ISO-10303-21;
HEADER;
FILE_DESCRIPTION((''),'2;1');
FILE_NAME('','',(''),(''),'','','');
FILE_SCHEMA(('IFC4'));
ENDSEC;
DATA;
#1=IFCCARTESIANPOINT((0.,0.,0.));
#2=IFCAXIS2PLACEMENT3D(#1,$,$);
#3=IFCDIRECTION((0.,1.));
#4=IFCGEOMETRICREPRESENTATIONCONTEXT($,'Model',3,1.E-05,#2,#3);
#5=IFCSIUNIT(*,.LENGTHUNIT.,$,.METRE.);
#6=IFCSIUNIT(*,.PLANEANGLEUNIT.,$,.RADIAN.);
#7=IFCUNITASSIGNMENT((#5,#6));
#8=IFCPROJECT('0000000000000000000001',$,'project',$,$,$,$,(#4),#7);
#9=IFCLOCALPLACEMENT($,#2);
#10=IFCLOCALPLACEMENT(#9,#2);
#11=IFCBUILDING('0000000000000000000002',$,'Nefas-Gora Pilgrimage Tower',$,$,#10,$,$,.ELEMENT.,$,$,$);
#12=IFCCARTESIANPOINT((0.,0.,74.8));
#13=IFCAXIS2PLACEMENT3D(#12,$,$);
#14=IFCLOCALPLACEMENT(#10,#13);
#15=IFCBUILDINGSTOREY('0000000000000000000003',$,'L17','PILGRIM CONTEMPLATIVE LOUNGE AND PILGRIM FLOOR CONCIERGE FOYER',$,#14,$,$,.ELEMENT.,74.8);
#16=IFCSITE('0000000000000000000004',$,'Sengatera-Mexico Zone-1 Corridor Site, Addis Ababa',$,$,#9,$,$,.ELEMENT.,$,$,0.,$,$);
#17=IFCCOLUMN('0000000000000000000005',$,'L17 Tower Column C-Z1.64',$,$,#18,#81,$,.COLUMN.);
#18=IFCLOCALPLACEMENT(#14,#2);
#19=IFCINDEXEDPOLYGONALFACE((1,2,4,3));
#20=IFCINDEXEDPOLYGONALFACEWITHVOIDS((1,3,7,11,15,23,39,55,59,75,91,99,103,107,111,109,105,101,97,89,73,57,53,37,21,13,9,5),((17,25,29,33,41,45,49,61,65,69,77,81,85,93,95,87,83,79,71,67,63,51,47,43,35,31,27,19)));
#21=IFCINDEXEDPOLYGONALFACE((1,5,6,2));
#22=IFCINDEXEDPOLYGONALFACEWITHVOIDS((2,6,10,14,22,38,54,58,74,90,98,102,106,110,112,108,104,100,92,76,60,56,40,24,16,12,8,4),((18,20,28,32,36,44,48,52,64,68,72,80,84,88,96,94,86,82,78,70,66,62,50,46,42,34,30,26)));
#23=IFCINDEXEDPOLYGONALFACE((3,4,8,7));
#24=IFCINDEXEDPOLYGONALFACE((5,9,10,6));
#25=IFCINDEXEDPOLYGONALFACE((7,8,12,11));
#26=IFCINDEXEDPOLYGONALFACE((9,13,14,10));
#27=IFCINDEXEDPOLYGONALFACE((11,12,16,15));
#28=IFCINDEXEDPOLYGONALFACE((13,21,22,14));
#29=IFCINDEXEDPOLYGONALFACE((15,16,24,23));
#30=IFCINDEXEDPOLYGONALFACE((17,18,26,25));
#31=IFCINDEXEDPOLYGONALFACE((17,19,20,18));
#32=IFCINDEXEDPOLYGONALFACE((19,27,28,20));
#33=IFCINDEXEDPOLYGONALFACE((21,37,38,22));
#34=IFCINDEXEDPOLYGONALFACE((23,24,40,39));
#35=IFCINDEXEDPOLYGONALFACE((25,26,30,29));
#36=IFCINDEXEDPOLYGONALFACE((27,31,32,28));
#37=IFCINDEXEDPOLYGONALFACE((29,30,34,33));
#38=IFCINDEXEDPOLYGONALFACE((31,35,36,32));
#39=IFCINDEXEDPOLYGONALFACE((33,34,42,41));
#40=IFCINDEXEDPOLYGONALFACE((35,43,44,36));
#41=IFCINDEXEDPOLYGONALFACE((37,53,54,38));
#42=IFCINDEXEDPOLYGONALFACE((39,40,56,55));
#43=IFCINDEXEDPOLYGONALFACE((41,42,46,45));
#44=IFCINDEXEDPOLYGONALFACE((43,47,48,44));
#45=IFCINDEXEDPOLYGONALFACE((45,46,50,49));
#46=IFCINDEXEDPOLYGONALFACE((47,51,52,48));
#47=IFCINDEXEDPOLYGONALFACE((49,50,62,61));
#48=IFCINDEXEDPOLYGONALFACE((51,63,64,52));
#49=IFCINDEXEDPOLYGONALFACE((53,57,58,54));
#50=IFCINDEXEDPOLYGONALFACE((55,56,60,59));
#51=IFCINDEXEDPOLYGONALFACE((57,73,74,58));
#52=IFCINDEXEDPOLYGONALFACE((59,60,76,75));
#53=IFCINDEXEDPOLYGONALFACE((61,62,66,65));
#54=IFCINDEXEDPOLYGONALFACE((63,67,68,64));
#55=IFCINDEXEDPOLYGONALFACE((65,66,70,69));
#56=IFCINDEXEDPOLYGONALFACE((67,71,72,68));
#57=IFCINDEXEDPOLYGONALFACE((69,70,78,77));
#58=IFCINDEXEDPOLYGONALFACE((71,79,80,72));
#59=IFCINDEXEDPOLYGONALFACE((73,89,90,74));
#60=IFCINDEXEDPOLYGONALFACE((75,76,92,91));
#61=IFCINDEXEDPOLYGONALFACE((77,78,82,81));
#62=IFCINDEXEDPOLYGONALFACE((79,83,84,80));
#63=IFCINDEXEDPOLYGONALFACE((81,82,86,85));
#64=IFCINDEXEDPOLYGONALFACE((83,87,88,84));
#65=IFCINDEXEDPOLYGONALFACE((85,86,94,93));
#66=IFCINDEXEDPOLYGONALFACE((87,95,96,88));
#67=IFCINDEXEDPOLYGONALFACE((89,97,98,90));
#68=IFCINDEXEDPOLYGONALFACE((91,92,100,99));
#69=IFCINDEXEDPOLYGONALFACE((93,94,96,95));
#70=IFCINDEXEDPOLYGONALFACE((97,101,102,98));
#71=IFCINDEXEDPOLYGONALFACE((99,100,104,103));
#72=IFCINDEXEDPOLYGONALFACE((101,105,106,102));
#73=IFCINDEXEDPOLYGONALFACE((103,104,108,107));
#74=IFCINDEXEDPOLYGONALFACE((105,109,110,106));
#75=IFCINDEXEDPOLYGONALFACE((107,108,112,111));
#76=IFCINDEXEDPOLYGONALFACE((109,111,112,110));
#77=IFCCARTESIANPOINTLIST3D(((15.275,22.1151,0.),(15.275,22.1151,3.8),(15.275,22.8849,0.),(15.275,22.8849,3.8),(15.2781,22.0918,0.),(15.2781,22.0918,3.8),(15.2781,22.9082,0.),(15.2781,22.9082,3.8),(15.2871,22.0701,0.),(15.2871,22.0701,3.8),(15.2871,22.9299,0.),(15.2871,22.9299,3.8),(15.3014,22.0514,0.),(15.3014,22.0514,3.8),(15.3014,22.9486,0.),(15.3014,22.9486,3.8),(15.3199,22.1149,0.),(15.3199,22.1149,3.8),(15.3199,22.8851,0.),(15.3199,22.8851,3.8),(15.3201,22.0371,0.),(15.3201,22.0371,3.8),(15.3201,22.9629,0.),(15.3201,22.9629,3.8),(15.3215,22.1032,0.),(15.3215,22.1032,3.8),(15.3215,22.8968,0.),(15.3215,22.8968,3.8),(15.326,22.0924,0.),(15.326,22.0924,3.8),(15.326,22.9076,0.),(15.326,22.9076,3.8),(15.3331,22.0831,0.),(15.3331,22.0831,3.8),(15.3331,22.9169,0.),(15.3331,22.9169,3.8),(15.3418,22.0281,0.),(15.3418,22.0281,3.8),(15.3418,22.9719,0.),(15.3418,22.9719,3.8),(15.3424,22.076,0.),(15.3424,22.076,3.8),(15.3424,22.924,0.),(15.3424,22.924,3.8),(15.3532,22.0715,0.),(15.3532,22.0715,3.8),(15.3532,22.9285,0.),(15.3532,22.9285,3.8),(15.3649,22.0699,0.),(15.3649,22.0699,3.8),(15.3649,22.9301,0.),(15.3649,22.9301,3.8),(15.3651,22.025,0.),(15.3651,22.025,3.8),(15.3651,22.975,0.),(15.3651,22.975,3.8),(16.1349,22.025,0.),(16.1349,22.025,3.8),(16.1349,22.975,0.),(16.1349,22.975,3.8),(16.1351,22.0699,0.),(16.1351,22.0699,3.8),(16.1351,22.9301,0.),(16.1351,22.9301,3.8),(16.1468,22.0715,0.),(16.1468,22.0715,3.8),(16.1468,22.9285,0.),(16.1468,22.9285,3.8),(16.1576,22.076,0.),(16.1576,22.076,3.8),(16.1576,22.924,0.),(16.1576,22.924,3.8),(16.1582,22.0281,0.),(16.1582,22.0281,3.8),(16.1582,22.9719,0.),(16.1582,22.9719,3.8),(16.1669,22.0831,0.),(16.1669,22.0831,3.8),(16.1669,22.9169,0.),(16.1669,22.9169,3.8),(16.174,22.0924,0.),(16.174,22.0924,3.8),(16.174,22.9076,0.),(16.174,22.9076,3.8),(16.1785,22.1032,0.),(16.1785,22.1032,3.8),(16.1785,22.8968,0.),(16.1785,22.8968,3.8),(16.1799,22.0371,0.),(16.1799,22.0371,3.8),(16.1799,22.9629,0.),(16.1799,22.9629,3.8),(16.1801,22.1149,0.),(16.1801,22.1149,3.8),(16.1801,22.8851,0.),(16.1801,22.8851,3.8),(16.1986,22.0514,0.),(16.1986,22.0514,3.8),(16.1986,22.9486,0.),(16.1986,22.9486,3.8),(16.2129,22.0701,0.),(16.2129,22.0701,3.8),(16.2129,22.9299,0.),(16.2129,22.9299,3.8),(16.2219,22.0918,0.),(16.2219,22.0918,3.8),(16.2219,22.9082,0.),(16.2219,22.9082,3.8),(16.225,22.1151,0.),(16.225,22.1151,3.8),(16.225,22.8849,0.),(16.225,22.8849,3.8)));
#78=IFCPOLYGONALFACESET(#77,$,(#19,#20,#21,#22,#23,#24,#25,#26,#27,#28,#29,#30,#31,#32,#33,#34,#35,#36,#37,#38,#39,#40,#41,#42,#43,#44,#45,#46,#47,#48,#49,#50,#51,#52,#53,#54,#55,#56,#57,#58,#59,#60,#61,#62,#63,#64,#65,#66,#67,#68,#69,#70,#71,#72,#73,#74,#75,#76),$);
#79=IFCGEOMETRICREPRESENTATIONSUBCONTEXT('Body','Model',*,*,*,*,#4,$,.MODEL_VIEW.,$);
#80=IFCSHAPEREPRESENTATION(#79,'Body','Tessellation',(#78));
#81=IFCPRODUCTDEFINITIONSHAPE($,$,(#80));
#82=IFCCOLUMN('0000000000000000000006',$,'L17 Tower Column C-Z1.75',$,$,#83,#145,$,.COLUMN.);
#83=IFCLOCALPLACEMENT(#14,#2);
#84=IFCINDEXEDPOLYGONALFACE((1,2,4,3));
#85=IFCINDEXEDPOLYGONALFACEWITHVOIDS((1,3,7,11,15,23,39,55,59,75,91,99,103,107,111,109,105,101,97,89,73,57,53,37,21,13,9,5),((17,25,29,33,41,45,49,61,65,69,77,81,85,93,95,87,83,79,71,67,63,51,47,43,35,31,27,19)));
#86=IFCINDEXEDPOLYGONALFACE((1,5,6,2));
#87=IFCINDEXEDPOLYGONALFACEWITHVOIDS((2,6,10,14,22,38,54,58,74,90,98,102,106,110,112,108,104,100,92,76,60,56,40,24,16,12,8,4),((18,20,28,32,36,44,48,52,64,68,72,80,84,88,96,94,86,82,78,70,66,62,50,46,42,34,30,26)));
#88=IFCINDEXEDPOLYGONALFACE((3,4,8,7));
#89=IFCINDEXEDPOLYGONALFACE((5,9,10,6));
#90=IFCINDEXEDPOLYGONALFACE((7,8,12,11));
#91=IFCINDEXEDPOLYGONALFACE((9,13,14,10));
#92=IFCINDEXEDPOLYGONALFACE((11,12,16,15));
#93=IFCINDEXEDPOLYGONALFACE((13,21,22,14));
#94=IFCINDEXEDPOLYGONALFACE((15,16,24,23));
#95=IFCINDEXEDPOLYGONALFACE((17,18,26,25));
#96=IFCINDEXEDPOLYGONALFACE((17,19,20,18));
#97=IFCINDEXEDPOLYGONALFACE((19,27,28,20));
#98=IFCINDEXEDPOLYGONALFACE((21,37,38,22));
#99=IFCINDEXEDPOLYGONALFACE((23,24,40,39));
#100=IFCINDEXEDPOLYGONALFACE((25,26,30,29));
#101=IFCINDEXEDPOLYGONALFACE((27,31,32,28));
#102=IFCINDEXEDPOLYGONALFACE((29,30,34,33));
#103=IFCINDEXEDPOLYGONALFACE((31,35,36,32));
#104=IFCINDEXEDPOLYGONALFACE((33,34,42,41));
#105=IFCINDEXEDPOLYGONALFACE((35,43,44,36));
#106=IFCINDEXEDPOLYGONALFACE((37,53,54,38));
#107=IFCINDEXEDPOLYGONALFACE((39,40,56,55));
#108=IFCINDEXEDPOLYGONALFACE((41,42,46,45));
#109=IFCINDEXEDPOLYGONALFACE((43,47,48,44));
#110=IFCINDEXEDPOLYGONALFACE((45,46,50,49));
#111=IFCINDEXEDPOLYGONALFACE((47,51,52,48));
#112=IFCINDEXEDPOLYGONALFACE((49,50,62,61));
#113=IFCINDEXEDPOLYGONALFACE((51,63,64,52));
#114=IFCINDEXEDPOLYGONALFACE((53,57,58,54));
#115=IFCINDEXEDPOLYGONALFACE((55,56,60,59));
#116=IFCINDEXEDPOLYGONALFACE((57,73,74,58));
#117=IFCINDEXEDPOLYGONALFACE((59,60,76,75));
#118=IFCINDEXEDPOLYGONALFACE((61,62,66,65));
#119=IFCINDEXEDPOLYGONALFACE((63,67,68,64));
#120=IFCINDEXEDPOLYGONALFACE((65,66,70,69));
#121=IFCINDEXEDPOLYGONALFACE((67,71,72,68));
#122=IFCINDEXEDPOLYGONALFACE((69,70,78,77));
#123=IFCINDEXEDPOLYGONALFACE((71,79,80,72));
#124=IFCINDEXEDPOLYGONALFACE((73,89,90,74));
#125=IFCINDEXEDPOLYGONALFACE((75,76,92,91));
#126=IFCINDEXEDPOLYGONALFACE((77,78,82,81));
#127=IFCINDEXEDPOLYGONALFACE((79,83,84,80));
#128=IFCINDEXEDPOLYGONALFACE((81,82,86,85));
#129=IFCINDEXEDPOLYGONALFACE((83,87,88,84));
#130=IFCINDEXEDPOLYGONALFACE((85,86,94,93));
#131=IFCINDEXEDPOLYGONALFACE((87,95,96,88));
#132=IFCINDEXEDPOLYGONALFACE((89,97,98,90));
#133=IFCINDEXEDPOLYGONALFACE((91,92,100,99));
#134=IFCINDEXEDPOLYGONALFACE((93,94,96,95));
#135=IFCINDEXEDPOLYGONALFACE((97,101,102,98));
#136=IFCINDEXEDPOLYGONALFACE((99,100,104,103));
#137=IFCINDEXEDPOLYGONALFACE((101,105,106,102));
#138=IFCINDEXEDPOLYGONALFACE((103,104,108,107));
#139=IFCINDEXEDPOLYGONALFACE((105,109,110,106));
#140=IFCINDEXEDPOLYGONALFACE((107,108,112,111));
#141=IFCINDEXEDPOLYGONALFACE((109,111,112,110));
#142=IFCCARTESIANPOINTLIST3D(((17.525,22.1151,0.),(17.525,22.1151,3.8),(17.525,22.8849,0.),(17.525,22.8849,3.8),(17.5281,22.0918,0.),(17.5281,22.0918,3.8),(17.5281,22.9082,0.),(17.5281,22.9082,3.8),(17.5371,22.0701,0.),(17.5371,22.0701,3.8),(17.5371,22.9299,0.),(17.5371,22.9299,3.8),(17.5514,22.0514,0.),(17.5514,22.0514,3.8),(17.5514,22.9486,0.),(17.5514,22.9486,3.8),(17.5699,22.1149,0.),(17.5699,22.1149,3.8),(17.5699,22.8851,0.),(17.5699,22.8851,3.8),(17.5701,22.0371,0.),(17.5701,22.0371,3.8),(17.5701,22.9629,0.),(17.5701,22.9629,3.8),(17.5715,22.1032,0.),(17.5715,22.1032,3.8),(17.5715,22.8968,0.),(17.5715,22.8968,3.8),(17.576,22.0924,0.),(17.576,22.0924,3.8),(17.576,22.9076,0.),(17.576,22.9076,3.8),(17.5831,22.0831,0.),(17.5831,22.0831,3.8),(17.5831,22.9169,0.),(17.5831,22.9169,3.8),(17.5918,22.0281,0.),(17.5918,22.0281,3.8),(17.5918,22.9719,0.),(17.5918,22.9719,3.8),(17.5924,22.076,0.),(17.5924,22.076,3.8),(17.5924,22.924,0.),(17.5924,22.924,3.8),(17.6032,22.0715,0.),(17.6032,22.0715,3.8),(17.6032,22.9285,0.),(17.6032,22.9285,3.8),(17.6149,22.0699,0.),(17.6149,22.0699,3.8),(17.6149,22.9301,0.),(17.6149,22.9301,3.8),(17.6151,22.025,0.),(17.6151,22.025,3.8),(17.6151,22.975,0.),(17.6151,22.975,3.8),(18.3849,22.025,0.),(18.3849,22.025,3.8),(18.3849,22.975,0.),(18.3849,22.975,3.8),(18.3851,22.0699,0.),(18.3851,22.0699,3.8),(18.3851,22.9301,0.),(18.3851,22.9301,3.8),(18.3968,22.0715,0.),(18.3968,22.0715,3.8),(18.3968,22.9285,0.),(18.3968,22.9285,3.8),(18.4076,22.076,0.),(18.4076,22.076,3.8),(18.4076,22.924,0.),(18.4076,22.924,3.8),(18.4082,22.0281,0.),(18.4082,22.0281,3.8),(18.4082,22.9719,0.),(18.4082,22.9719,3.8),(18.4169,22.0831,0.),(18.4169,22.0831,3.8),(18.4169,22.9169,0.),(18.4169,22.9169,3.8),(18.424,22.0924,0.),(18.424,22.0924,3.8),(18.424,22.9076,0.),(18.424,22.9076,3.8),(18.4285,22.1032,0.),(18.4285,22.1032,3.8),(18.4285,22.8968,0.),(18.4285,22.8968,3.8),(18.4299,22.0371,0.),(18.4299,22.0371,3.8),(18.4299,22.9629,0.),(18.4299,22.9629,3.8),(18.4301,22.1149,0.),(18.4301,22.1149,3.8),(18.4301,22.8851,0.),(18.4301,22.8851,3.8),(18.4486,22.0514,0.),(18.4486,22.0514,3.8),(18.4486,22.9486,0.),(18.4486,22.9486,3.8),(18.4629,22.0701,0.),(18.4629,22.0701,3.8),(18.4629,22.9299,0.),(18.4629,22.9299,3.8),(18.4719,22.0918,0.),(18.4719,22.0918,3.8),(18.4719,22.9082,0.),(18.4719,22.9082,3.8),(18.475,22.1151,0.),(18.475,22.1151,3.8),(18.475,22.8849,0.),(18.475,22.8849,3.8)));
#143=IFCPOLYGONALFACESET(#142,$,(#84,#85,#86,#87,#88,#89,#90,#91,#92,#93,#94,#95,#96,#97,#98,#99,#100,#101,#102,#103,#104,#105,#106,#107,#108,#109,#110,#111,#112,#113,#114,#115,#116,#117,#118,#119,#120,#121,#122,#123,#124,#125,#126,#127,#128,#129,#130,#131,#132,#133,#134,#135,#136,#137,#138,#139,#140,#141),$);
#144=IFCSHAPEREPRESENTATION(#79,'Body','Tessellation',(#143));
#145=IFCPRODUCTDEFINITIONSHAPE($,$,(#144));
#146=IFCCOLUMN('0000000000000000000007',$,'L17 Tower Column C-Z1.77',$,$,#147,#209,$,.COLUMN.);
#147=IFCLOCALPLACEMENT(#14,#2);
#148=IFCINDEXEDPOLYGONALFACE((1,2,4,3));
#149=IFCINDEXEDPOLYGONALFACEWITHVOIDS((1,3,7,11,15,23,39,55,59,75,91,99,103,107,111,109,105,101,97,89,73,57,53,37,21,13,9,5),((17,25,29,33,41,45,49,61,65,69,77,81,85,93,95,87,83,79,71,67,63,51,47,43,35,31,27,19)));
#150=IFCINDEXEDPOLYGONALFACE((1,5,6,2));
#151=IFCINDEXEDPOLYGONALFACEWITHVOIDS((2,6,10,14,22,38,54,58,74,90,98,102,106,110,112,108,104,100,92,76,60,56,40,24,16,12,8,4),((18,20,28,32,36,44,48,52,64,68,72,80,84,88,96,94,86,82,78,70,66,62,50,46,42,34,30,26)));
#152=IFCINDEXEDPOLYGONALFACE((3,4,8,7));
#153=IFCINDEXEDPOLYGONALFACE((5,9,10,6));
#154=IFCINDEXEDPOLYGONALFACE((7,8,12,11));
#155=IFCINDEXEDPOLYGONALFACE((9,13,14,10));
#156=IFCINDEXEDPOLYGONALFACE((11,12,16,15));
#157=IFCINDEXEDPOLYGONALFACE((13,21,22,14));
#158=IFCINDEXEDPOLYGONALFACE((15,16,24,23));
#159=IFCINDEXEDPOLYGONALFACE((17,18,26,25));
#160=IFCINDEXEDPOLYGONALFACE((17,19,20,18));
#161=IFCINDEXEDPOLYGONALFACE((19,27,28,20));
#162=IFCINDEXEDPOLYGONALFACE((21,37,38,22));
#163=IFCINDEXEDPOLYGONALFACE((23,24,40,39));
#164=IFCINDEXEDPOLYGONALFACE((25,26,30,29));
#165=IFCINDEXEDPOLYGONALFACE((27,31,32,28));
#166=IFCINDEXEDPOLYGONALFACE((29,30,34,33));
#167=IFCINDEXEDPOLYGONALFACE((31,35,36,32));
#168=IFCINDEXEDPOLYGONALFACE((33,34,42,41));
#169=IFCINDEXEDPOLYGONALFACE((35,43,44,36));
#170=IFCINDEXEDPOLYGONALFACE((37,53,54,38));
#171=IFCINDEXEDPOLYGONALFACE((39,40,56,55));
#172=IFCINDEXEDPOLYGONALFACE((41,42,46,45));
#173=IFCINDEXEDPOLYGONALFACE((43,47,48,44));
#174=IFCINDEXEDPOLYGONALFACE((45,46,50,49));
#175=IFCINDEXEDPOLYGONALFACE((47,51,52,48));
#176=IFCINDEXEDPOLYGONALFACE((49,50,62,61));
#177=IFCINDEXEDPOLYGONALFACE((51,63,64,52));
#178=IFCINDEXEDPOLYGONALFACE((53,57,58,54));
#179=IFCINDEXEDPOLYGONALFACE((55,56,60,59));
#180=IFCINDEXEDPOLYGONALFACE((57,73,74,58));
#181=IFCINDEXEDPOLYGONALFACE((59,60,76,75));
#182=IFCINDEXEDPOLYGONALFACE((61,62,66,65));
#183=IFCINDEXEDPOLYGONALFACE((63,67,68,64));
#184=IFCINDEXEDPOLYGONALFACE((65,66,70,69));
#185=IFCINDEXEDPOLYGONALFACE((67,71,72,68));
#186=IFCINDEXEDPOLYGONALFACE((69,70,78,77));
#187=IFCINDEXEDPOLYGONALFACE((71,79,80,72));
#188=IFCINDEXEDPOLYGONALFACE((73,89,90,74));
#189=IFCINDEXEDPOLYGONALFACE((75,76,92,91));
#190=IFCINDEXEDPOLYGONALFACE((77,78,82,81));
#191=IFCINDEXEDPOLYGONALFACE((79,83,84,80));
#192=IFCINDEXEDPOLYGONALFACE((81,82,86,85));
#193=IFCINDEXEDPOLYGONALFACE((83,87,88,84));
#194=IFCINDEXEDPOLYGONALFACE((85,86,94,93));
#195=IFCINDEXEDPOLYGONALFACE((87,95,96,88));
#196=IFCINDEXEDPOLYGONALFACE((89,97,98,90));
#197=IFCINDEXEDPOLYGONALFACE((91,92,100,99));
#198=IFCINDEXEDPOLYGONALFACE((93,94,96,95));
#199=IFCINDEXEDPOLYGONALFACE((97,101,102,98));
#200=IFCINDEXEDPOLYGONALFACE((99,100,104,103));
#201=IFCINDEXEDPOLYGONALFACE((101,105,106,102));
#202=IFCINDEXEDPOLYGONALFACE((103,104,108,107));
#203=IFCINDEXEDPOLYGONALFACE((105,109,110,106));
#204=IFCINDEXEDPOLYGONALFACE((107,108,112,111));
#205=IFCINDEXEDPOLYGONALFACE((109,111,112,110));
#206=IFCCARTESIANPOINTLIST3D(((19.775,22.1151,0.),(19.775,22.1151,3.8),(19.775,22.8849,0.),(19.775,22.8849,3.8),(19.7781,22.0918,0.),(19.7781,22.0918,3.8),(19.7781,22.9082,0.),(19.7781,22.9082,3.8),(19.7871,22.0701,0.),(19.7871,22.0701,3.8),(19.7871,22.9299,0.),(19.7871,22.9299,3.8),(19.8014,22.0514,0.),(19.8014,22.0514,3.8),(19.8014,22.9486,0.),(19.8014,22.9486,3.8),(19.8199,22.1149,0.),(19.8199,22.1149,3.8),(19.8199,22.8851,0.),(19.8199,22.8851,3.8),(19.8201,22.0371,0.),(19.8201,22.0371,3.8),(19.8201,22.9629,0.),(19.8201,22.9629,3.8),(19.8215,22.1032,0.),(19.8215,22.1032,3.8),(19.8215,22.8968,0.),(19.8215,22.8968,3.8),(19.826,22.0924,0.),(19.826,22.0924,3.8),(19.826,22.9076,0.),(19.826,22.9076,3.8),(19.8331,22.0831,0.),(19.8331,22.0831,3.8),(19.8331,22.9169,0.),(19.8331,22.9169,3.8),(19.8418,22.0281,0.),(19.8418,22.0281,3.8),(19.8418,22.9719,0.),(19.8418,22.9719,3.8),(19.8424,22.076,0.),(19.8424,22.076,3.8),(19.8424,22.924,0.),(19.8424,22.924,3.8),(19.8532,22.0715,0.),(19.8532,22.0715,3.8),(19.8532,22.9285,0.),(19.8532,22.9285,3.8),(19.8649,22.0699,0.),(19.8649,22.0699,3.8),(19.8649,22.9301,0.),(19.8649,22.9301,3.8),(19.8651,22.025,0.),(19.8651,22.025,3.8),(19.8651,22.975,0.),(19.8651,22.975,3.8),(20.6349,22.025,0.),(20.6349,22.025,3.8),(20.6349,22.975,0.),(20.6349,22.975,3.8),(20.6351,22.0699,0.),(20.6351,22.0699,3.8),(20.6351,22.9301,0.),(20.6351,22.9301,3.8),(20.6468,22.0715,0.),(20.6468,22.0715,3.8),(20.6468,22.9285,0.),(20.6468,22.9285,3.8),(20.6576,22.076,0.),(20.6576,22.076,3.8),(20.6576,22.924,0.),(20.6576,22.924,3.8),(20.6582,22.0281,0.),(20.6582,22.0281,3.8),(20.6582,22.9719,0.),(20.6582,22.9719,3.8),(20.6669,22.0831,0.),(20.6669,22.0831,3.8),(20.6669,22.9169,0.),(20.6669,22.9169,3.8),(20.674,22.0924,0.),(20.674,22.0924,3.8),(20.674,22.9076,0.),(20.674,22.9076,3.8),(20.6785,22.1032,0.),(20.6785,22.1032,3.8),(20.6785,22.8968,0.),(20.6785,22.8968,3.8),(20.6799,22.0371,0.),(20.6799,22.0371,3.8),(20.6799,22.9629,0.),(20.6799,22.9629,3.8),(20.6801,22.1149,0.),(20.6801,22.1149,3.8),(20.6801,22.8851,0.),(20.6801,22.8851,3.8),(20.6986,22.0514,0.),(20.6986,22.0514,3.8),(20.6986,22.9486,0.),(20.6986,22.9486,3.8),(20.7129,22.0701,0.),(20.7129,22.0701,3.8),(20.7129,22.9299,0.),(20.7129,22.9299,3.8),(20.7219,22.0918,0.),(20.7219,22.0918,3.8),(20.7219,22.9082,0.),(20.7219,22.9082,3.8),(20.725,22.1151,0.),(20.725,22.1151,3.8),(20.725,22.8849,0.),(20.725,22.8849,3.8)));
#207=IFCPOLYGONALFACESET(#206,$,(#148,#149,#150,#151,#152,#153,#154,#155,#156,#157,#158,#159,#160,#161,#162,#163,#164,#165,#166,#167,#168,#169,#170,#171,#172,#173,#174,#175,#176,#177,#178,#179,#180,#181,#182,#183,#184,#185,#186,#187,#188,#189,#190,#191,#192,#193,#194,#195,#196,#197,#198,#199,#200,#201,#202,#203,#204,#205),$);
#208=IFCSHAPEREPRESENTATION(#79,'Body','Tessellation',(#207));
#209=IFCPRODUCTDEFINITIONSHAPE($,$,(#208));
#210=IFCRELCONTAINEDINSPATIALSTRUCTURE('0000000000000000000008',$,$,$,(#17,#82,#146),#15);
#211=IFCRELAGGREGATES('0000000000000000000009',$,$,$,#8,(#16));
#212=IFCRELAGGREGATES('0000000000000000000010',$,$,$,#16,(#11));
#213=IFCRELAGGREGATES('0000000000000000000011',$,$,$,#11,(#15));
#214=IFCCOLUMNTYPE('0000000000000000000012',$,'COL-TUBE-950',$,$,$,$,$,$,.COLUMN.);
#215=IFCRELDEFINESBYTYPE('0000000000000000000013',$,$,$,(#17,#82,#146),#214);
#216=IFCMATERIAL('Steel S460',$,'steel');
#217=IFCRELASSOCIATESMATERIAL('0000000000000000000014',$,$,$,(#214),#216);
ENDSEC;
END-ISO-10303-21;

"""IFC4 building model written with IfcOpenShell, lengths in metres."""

from ifc_helpers import new_model, si_unit, direction, frame, origin, origin_2d, place, context, subcontext, project, spatial, hollow_rectangle, extrude, source, transform, mapped, material, material_profile, profile_set, type_object, element, save


model = new_model("IFC4")

# Units and contexts
model_context = context("Model", 3, precision=1e-05, world=origin(), true_north=direction((0.0, 1.0)))
body_context = subcontext(model_context, "Body", "Model", "MODEL_VIEW")
ifc_project = project(units=[si_unit("LENGTHUNIT", "METRE"), si_unit("PLANEANGLEUNIT", "RADIAN")], contexts=[model_context])

# Site, building, storey
site_placement = place(None, origin())
site = spatial("IfcSite", under=ifc_project, at=site_placement, Name="Sengatera-Mexico Zone-1 Corridor Site, Addis Ababa", CompositionType="ELEMENT", RefElevation=0.0)
building_placement = place(site_placement, origin())
building = spatial("IfcBuilding", under=site, at=building_placement, Name="Nefas-Gora Pilgrimage Tower", CompositionType="ELEMENT")
storey_placement = place(building_placement, frame((0.0, 0.0, 74.8)))
storey = spatial("IfcBuildingStorey", under=building, at=storey_placement, Name="L17", Description="PILGRIM CONTEMPLATIVE LOUNGE AND PILGRIM FLOOR CONCIERGE FOYER", CompositionType="ELEMENT", Elevation=74.8)

# Columns
ifc_material_1 = material(Name="Steel S460", Category="steel")
ifc_material_profile_1 = material_profile(ifc_material_1, hollow_rectangle(XDim=0.95, YDim=0.95, WallThickness=0.0449, InnerFilletRadius=0.0449, OuterFilletRadius=0.0901, at=origin_2d()), Name="BOX 950x950x45")
ifc_profile_set_1 = profile_set([ifc_material_profile_1], Name="Steel S460")
column_type_1 = type_object("IfcColumnType", Name="COL-TUBE-950", PredefinedType="COLUMN", material=ifc_profile_set_1)
shared_shape_1 = source(origin(), body_context, "Body", "SweptSolid", [
    extrude(hollow_rectangle(XDim=0.95, YDim=0.95, WallThickness=0.0449, InnerFilletRadius=0.0449, OuterFilletRadius=0.0901, at=origin_2d()), origin(), (0.0, 0.0, 1.0), 3.8),
])
for number, where, z_axis, x_axis, name in (
    (1, (15.75, 22.5, 0.0), (0.0, 0.0, 1.0), (1.0, 0.0, 0.0), "L17 Tower Column C-Z1.64"),
    (2, (18.0, 22.5, 0.0), (0.0, 0.0, 1.0), (1.0, 0.0, 0.0), "L17 Tower Column C-Z1.75"),
    (3, (20.25, 22.5, 0.0), (0.0, 0.0, 1.0), (1.0, 0.0, 0.0), "L17 Tower Column C-Z1.77"),
):
    element("IfcColumn", number, at=place(storey_placement, frame(where, z_axis=z_axis, x_axis=x_axis)), inside=storey, type_object=column_type_1, Name=name, PredefinedType="COLUMN", context=body_context, shape_type="MappedRepresentation", body=[
        mapped(shared_shape_1, transform((0.0, 0.0, 0.0), x_axis=(1.0, 0.0, 0.0), y_axis=(0.0, 1.0, 0.0), z_axis=(0.0, 0.0, 1.0), scale=1.0)),
    ])

save(model, "model.ifc")
